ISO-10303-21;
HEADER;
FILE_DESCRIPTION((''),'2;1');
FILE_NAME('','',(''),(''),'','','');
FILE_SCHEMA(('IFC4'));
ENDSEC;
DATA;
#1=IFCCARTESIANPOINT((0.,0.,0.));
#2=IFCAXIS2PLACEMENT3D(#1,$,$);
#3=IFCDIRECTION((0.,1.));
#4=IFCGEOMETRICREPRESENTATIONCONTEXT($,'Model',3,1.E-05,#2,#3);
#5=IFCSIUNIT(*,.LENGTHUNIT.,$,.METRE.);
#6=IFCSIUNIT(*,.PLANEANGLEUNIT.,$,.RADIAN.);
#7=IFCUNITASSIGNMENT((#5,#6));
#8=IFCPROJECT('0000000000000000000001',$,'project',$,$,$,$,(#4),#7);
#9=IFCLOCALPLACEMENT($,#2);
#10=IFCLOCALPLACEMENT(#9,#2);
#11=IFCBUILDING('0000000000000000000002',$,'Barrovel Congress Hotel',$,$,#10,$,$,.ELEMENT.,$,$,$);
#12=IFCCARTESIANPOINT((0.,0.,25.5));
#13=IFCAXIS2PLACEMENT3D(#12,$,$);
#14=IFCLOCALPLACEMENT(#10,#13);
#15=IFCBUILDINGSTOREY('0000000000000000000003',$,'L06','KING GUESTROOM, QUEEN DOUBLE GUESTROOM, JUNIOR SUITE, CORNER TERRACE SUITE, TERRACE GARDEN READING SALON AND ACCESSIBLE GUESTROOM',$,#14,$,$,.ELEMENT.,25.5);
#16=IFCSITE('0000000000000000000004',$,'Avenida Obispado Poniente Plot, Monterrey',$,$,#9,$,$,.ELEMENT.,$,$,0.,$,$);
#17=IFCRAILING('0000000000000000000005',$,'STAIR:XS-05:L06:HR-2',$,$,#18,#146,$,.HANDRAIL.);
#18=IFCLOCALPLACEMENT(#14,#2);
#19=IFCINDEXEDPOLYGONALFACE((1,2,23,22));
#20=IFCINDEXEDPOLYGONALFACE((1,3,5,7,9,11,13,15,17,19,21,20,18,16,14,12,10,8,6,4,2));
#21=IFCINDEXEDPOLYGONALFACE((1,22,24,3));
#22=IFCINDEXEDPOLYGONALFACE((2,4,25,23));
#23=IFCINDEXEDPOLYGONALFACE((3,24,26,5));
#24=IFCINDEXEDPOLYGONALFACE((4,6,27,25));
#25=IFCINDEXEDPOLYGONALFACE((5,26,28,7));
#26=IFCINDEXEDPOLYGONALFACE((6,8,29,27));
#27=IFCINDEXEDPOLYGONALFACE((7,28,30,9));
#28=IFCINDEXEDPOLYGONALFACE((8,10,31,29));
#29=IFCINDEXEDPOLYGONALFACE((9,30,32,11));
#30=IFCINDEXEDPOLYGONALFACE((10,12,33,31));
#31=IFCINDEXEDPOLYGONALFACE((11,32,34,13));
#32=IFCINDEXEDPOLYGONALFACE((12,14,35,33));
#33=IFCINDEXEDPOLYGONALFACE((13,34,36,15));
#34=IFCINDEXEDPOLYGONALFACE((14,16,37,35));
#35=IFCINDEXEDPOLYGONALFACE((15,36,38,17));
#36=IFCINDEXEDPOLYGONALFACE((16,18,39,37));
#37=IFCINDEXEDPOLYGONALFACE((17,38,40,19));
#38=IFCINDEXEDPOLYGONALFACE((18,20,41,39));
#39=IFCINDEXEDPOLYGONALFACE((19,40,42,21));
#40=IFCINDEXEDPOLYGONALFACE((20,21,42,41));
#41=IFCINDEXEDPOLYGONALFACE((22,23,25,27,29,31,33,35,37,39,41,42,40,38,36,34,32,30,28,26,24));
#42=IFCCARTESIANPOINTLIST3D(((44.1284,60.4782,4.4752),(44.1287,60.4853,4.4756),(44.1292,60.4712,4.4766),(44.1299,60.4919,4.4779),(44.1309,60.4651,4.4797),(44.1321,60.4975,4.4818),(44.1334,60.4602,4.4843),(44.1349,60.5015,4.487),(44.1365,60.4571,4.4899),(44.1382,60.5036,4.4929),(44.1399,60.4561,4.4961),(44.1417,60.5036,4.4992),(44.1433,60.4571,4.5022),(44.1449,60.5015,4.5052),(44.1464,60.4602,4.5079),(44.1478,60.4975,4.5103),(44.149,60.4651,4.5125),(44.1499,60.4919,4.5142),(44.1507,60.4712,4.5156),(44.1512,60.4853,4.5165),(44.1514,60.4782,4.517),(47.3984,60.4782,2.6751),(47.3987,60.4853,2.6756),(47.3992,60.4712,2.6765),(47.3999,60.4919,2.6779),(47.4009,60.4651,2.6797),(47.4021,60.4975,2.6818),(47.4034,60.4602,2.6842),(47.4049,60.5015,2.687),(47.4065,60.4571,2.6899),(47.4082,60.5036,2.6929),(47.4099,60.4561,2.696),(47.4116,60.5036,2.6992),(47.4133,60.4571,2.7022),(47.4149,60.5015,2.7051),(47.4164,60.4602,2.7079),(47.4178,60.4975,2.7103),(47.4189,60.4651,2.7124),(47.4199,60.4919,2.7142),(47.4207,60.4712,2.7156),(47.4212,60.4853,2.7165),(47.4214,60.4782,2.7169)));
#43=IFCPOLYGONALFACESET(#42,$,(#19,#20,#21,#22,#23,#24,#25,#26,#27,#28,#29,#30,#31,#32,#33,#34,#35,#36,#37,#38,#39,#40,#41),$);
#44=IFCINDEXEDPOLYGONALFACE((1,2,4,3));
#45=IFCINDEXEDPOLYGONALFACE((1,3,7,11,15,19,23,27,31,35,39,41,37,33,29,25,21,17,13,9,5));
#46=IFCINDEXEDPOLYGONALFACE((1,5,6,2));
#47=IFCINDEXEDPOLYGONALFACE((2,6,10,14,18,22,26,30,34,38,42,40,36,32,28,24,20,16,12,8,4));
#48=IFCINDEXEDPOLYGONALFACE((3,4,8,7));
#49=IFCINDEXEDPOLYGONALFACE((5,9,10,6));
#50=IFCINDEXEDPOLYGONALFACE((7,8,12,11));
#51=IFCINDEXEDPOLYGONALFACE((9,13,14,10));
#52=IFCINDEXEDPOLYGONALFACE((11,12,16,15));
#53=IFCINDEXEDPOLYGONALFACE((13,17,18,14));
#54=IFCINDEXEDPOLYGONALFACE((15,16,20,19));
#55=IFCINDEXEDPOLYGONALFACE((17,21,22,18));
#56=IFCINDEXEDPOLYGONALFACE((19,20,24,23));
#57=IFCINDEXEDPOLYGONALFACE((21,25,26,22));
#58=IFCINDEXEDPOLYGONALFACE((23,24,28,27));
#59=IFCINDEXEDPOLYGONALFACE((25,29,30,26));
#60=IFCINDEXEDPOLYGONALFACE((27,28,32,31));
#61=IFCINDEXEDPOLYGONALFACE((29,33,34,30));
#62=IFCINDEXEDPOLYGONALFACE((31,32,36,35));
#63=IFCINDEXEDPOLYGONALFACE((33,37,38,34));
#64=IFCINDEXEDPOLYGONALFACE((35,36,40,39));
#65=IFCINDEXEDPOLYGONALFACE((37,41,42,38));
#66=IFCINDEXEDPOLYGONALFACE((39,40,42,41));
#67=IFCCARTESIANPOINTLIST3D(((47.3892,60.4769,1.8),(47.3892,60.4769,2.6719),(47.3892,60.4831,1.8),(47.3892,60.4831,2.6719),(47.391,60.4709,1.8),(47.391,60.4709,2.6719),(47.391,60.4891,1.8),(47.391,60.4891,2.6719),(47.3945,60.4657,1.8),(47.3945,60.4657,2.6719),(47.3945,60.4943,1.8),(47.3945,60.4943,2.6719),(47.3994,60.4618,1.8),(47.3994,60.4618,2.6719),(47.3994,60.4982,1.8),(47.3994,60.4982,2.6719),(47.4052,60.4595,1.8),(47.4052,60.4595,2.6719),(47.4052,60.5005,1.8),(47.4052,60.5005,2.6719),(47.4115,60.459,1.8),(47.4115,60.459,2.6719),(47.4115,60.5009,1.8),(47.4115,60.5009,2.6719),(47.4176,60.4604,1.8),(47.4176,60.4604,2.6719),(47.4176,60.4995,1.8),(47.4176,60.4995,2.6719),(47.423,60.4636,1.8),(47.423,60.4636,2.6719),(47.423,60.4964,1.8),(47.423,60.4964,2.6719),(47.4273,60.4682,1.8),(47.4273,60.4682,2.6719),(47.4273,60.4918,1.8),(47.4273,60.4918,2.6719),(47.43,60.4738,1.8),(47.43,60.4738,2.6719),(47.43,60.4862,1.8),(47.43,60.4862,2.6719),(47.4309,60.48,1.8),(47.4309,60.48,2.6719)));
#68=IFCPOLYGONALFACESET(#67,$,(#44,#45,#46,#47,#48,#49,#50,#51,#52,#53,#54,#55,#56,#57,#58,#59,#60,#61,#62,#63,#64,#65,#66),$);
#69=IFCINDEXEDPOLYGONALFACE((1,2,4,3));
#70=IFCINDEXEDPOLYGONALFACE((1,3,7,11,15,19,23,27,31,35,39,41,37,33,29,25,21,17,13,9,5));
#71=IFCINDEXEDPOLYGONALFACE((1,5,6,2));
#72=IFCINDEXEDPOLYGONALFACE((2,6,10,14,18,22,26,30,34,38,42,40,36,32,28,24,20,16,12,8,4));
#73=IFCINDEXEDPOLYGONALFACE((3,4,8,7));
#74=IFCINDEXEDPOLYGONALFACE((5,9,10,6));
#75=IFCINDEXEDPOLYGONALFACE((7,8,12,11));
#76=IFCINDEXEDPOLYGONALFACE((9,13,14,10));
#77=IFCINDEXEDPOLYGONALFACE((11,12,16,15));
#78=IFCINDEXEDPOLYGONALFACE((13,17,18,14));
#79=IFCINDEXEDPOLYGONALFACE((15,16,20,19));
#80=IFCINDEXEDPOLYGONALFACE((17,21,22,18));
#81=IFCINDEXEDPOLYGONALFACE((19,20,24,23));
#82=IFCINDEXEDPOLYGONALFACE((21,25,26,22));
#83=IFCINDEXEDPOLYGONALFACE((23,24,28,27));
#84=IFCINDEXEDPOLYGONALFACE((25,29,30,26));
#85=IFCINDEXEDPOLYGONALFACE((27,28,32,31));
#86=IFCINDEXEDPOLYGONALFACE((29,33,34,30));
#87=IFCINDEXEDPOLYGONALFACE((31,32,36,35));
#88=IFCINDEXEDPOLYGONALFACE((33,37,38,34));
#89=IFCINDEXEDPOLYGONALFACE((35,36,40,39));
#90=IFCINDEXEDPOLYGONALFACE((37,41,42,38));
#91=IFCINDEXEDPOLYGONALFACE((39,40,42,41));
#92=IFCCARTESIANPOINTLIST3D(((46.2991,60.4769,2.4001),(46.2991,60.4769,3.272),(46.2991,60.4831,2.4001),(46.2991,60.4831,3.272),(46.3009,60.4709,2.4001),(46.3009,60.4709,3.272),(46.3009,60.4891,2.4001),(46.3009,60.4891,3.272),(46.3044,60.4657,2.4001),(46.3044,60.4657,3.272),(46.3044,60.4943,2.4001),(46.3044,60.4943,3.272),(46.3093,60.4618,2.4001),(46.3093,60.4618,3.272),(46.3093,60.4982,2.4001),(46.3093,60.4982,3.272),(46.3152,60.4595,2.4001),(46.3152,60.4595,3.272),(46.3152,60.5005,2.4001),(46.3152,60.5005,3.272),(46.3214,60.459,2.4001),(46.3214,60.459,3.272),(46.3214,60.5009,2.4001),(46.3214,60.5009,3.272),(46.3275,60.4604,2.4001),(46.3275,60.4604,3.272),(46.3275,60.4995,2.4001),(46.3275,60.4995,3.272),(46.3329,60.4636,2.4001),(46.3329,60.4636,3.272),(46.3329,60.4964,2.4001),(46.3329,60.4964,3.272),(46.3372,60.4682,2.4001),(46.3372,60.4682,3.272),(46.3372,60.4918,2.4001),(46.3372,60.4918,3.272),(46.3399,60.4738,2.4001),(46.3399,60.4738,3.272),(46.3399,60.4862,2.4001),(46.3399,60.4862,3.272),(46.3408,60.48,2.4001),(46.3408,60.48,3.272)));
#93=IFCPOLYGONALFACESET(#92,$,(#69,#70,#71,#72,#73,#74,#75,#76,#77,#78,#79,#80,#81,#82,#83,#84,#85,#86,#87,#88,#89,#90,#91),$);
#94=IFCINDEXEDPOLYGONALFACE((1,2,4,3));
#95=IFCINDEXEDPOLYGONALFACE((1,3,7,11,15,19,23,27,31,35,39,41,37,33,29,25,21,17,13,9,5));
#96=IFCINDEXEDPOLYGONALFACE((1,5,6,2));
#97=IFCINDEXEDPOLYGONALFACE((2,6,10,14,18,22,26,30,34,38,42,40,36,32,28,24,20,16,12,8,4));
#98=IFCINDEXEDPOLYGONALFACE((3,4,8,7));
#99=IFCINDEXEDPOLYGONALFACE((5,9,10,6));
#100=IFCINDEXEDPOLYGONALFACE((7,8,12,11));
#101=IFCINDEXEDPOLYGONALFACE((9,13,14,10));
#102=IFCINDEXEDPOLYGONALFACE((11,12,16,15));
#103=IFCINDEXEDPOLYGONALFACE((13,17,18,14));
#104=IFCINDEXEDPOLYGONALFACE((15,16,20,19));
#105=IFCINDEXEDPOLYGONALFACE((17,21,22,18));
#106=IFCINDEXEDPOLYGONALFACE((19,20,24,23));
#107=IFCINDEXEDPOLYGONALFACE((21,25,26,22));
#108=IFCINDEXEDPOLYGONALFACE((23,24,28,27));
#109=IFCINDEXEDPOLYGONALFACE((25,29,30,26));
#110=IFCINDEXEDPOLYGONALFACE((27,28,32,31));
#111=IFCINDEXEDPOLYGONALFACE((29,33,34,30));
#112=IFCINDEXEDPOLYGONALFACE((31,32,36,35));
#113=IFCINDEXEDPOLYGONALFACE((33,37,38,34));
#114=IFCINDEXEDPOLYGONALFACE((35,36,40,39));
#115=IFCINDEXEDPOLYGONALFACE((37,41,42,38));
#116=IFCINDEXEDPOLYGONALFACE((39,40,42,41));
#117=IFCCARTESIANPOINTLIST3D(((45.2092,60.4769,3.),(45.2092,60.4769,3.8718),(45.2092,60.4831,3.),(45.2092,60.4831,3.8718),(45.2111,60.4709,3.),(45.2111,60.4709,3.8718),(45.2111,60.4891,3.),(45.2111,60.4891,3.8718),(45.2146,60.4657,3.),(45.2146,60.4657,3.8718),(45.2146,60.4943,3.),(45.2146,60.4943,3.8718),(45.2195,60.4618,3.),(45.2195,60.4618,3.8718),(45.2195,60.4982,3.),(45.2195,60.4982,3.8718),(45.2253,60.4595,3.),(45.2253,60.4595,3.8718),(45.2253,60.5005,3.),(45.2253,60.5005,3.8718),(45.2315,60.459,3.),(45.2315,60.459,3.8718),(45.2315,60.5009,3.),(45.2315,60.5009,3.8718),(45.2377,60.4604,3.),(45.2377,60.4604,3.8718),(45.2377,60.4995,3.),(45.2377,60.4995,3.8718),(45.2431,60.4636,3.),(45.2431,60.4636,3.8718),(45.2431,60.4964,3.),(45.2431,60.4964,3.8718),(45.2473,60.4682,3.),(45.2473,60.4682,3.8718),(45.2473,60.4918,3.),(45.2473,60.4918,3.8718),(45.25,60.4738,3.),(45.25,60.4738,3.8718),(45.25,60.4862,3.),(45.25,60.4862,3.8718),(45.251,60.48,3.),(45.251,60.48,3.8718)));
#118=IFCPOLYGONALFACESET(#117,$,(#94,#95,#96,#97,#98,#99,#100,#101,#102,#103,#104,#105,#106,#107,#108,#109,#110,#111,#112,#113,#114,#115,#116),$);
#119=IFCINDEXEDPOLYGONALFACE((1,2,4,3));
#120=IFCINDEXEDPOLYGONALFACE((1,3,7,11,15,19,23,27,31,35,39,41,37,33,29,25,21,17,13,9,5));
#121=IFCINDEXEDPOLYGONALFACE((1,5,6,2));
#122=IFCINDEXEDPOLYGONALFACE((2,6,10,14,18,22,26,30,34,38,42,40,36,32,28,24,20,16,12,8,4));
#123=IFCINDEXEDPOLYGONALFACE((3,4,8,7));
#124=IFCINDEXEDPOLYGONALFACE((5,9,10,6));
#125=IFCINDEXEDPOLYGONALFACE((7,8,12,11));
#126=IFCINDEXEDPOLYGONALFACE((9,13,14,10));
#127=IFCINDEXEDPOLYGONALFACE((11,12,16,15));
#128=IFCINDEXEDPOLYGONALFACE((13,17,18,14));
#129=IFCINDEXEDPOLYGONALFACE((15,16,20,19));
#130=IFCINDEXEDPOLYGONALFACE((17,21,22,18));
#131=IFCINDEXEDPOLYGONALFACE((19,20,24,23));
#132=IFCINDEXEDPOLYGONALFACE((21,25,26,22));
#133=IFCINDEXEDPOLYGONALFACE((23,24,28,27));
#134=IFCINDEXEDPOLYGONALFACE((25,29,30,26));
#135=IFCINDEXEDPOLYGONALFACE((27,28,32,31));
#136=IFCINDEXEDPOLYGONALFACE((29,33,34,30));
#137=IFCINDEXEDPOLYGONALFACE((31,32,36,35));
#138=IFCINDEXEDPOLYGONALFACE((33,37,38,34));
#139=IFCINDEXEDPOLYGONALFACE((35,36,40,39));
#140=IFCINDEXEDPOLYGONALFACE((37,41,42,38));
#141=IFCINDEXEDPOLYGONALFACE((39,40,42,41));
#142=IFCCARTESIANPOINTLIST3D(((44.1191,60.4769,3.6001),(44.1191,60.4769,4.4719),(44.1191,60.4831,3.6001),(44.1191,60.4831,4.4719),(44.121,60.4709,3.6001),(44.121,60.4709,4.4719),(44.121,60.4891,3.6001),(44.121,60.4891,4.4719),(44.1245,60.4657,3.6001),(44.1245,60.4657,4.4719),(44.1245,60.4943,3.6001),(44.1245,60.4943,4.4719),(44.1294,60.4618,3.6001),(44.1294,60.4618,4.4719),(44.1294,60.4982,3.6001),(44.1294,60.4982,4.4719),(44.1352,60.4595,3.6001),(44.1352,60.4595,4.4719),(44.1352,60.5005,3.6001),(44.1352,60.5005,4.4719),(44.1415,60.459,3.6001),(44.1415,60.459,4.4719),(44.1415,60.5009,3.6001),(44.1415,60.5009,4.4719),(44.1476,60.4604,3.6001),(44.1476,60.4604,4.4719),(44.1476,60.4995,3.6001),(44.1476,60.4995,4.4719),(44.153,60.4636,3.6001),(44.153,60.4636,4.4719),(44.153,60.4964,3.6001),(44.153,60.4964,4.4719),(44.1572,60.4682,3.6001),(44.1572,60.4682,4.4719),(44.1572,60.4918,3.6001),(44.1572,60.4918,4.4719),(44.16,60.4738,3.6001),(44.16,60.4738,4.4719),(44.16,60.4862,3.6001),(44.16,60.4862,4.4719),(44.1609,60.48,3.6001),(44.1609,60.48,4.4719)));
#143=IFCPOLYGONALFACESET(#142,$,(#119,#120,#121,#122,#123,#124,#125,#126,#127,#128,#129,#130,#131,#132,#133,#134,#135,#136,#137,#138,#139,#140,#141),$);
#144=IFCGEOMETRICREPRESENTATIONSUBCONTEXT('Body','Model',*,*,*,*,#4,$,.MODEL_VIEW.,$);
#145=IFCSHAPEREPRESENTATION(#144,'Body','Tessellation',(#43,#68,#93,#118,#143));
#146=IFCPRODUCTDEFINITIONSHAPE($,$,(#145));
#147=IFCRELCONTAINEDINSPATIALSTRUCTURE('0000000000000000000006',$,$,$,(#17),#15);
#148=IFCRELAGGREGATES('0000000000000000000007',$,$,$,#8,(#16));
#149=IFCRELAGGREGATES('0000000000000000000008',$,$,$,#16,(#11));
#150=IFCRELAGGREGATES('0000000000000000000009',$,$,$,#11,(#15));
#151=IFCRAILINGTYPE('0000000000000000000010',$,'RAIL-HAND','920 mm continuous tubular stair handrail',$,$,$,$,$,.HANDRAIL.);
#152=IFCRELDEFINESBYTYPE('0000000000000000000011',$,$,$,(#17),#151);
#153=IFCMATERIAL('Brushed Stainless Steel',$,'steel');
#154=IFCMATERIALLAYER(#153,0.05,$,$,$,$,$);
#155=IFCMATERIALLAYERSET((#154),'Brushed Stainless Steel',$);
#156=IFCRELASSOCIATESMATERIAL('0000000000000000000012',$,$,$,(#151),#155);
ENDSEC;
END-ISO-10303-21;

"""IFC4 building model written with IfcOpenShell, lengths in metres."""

from ifc_helpers import new_model, si_unit, direction, frame, origin, origin_2d, place, context, subcontext, project, spatial, circle, extrude, material, layer, layer_set, type_object, element, save


model = new_model("IFC4")

# Units and contexts
model_context = context("Model", 3, precision=1e-05, world=origin(), true_north=direction((0.0, 1.0)))
body_context = subcontext(model_context, "Body", "Model", "MODEL_VIEW")
ifc_project = project(units=[si_unit("LENGTHUNIT", "METRE"), si_unit("PLANEANGLEUNIT", "RADIAN")], contexts=[model_context])

# Site, building, storey
site_placement = place(None, origin())
site = spatial("IfcSite", under=ifc_project, at=site_placement, Name="Avenida Obispado Poniente Plot, Monterrey", CompositionType="ELEMENT", RefElevation=0.0)
building_placement = place(site_placement, origin())
building = spatial("IfcBuilding", under=site, at=building_placement, Name="Barrovel Congress Hotel", CompositionType="ELEMENT")
storey_placement = place(building_placement, frame((0.0, 0.0, 25.5)))
storey = spatial("IfcBuildingStorey", under=building, at=storey_placement, Name="L06", Description="KING GUESTROOM, QUEEN DOUBLE GUESTROOM, JUNIOR SUITE, CORNER TERRACE SUITE, TERRACE GARDEN READING SALON AND ACCESSIBLE GUESTROOM", CompositionType="ELEMENT", Elevation=25.5)

# Railing
ifc_material_1 = material(Name="Brushed Stainless Steel", Category="steel")
ifc_layer_1 = layer(ifc_material_1, 0.05)
ifc_layer_set_1 = layer_set([ifc_layer_1], Name="Brushed Stainless Steel")
railing_type_1 = type_object("IfcRailingType", Name="RAIL-HAND", Description="920 mm continuous tubular stair handrail", PredefinedType="HANDRAIL", material=ifc_layer_set_1)
railing_1_placement = place(storey_placement, frame((47.4099, 60.48, 1.8)))
element("IfcRailing", 1, at=railing_1_placement, inside=storey, type_object=railing_type_1, Name="STAIR:XS-05:L06:HR-2", PredefinedType="HANDRAIL", context=body_context, shape_type="SweptSolid", body=[
    extrude(circle(Radius=0.0239, at=origin_2d()), frame((0.0, 0.0, 0.896), z_axis=(-0.876042, 0.0, 0.482235), x_axis=(0.0, -1.0, 0.0)), (0.0, 0.0, 1.0), 3.7327),
    extrude(circle(Radius=0.021, at=origin_2d()), origin(), (0.0, 0.0, 1.0), 0.8718),
    extrude(circle(Radius=0.021, at=origin_2d()), frame((-1.0901, 0.0, 0.6001)), (0.0, 0.0, 1.0), 0.8718),
    extrude(circle(Radius=0.021, at=origin_2d()), frame((-2.1799, 0.0, 1.2)), (0.0, 0.0, 1.0), 0.8718),
    extrude(circle(Radius=0.021, at=origin_2d()), frame((-3.27, 0.0, 1.8)), (0.0, 0.0, 1.0), 0.8718),
])

save(model, "model.ifc")
